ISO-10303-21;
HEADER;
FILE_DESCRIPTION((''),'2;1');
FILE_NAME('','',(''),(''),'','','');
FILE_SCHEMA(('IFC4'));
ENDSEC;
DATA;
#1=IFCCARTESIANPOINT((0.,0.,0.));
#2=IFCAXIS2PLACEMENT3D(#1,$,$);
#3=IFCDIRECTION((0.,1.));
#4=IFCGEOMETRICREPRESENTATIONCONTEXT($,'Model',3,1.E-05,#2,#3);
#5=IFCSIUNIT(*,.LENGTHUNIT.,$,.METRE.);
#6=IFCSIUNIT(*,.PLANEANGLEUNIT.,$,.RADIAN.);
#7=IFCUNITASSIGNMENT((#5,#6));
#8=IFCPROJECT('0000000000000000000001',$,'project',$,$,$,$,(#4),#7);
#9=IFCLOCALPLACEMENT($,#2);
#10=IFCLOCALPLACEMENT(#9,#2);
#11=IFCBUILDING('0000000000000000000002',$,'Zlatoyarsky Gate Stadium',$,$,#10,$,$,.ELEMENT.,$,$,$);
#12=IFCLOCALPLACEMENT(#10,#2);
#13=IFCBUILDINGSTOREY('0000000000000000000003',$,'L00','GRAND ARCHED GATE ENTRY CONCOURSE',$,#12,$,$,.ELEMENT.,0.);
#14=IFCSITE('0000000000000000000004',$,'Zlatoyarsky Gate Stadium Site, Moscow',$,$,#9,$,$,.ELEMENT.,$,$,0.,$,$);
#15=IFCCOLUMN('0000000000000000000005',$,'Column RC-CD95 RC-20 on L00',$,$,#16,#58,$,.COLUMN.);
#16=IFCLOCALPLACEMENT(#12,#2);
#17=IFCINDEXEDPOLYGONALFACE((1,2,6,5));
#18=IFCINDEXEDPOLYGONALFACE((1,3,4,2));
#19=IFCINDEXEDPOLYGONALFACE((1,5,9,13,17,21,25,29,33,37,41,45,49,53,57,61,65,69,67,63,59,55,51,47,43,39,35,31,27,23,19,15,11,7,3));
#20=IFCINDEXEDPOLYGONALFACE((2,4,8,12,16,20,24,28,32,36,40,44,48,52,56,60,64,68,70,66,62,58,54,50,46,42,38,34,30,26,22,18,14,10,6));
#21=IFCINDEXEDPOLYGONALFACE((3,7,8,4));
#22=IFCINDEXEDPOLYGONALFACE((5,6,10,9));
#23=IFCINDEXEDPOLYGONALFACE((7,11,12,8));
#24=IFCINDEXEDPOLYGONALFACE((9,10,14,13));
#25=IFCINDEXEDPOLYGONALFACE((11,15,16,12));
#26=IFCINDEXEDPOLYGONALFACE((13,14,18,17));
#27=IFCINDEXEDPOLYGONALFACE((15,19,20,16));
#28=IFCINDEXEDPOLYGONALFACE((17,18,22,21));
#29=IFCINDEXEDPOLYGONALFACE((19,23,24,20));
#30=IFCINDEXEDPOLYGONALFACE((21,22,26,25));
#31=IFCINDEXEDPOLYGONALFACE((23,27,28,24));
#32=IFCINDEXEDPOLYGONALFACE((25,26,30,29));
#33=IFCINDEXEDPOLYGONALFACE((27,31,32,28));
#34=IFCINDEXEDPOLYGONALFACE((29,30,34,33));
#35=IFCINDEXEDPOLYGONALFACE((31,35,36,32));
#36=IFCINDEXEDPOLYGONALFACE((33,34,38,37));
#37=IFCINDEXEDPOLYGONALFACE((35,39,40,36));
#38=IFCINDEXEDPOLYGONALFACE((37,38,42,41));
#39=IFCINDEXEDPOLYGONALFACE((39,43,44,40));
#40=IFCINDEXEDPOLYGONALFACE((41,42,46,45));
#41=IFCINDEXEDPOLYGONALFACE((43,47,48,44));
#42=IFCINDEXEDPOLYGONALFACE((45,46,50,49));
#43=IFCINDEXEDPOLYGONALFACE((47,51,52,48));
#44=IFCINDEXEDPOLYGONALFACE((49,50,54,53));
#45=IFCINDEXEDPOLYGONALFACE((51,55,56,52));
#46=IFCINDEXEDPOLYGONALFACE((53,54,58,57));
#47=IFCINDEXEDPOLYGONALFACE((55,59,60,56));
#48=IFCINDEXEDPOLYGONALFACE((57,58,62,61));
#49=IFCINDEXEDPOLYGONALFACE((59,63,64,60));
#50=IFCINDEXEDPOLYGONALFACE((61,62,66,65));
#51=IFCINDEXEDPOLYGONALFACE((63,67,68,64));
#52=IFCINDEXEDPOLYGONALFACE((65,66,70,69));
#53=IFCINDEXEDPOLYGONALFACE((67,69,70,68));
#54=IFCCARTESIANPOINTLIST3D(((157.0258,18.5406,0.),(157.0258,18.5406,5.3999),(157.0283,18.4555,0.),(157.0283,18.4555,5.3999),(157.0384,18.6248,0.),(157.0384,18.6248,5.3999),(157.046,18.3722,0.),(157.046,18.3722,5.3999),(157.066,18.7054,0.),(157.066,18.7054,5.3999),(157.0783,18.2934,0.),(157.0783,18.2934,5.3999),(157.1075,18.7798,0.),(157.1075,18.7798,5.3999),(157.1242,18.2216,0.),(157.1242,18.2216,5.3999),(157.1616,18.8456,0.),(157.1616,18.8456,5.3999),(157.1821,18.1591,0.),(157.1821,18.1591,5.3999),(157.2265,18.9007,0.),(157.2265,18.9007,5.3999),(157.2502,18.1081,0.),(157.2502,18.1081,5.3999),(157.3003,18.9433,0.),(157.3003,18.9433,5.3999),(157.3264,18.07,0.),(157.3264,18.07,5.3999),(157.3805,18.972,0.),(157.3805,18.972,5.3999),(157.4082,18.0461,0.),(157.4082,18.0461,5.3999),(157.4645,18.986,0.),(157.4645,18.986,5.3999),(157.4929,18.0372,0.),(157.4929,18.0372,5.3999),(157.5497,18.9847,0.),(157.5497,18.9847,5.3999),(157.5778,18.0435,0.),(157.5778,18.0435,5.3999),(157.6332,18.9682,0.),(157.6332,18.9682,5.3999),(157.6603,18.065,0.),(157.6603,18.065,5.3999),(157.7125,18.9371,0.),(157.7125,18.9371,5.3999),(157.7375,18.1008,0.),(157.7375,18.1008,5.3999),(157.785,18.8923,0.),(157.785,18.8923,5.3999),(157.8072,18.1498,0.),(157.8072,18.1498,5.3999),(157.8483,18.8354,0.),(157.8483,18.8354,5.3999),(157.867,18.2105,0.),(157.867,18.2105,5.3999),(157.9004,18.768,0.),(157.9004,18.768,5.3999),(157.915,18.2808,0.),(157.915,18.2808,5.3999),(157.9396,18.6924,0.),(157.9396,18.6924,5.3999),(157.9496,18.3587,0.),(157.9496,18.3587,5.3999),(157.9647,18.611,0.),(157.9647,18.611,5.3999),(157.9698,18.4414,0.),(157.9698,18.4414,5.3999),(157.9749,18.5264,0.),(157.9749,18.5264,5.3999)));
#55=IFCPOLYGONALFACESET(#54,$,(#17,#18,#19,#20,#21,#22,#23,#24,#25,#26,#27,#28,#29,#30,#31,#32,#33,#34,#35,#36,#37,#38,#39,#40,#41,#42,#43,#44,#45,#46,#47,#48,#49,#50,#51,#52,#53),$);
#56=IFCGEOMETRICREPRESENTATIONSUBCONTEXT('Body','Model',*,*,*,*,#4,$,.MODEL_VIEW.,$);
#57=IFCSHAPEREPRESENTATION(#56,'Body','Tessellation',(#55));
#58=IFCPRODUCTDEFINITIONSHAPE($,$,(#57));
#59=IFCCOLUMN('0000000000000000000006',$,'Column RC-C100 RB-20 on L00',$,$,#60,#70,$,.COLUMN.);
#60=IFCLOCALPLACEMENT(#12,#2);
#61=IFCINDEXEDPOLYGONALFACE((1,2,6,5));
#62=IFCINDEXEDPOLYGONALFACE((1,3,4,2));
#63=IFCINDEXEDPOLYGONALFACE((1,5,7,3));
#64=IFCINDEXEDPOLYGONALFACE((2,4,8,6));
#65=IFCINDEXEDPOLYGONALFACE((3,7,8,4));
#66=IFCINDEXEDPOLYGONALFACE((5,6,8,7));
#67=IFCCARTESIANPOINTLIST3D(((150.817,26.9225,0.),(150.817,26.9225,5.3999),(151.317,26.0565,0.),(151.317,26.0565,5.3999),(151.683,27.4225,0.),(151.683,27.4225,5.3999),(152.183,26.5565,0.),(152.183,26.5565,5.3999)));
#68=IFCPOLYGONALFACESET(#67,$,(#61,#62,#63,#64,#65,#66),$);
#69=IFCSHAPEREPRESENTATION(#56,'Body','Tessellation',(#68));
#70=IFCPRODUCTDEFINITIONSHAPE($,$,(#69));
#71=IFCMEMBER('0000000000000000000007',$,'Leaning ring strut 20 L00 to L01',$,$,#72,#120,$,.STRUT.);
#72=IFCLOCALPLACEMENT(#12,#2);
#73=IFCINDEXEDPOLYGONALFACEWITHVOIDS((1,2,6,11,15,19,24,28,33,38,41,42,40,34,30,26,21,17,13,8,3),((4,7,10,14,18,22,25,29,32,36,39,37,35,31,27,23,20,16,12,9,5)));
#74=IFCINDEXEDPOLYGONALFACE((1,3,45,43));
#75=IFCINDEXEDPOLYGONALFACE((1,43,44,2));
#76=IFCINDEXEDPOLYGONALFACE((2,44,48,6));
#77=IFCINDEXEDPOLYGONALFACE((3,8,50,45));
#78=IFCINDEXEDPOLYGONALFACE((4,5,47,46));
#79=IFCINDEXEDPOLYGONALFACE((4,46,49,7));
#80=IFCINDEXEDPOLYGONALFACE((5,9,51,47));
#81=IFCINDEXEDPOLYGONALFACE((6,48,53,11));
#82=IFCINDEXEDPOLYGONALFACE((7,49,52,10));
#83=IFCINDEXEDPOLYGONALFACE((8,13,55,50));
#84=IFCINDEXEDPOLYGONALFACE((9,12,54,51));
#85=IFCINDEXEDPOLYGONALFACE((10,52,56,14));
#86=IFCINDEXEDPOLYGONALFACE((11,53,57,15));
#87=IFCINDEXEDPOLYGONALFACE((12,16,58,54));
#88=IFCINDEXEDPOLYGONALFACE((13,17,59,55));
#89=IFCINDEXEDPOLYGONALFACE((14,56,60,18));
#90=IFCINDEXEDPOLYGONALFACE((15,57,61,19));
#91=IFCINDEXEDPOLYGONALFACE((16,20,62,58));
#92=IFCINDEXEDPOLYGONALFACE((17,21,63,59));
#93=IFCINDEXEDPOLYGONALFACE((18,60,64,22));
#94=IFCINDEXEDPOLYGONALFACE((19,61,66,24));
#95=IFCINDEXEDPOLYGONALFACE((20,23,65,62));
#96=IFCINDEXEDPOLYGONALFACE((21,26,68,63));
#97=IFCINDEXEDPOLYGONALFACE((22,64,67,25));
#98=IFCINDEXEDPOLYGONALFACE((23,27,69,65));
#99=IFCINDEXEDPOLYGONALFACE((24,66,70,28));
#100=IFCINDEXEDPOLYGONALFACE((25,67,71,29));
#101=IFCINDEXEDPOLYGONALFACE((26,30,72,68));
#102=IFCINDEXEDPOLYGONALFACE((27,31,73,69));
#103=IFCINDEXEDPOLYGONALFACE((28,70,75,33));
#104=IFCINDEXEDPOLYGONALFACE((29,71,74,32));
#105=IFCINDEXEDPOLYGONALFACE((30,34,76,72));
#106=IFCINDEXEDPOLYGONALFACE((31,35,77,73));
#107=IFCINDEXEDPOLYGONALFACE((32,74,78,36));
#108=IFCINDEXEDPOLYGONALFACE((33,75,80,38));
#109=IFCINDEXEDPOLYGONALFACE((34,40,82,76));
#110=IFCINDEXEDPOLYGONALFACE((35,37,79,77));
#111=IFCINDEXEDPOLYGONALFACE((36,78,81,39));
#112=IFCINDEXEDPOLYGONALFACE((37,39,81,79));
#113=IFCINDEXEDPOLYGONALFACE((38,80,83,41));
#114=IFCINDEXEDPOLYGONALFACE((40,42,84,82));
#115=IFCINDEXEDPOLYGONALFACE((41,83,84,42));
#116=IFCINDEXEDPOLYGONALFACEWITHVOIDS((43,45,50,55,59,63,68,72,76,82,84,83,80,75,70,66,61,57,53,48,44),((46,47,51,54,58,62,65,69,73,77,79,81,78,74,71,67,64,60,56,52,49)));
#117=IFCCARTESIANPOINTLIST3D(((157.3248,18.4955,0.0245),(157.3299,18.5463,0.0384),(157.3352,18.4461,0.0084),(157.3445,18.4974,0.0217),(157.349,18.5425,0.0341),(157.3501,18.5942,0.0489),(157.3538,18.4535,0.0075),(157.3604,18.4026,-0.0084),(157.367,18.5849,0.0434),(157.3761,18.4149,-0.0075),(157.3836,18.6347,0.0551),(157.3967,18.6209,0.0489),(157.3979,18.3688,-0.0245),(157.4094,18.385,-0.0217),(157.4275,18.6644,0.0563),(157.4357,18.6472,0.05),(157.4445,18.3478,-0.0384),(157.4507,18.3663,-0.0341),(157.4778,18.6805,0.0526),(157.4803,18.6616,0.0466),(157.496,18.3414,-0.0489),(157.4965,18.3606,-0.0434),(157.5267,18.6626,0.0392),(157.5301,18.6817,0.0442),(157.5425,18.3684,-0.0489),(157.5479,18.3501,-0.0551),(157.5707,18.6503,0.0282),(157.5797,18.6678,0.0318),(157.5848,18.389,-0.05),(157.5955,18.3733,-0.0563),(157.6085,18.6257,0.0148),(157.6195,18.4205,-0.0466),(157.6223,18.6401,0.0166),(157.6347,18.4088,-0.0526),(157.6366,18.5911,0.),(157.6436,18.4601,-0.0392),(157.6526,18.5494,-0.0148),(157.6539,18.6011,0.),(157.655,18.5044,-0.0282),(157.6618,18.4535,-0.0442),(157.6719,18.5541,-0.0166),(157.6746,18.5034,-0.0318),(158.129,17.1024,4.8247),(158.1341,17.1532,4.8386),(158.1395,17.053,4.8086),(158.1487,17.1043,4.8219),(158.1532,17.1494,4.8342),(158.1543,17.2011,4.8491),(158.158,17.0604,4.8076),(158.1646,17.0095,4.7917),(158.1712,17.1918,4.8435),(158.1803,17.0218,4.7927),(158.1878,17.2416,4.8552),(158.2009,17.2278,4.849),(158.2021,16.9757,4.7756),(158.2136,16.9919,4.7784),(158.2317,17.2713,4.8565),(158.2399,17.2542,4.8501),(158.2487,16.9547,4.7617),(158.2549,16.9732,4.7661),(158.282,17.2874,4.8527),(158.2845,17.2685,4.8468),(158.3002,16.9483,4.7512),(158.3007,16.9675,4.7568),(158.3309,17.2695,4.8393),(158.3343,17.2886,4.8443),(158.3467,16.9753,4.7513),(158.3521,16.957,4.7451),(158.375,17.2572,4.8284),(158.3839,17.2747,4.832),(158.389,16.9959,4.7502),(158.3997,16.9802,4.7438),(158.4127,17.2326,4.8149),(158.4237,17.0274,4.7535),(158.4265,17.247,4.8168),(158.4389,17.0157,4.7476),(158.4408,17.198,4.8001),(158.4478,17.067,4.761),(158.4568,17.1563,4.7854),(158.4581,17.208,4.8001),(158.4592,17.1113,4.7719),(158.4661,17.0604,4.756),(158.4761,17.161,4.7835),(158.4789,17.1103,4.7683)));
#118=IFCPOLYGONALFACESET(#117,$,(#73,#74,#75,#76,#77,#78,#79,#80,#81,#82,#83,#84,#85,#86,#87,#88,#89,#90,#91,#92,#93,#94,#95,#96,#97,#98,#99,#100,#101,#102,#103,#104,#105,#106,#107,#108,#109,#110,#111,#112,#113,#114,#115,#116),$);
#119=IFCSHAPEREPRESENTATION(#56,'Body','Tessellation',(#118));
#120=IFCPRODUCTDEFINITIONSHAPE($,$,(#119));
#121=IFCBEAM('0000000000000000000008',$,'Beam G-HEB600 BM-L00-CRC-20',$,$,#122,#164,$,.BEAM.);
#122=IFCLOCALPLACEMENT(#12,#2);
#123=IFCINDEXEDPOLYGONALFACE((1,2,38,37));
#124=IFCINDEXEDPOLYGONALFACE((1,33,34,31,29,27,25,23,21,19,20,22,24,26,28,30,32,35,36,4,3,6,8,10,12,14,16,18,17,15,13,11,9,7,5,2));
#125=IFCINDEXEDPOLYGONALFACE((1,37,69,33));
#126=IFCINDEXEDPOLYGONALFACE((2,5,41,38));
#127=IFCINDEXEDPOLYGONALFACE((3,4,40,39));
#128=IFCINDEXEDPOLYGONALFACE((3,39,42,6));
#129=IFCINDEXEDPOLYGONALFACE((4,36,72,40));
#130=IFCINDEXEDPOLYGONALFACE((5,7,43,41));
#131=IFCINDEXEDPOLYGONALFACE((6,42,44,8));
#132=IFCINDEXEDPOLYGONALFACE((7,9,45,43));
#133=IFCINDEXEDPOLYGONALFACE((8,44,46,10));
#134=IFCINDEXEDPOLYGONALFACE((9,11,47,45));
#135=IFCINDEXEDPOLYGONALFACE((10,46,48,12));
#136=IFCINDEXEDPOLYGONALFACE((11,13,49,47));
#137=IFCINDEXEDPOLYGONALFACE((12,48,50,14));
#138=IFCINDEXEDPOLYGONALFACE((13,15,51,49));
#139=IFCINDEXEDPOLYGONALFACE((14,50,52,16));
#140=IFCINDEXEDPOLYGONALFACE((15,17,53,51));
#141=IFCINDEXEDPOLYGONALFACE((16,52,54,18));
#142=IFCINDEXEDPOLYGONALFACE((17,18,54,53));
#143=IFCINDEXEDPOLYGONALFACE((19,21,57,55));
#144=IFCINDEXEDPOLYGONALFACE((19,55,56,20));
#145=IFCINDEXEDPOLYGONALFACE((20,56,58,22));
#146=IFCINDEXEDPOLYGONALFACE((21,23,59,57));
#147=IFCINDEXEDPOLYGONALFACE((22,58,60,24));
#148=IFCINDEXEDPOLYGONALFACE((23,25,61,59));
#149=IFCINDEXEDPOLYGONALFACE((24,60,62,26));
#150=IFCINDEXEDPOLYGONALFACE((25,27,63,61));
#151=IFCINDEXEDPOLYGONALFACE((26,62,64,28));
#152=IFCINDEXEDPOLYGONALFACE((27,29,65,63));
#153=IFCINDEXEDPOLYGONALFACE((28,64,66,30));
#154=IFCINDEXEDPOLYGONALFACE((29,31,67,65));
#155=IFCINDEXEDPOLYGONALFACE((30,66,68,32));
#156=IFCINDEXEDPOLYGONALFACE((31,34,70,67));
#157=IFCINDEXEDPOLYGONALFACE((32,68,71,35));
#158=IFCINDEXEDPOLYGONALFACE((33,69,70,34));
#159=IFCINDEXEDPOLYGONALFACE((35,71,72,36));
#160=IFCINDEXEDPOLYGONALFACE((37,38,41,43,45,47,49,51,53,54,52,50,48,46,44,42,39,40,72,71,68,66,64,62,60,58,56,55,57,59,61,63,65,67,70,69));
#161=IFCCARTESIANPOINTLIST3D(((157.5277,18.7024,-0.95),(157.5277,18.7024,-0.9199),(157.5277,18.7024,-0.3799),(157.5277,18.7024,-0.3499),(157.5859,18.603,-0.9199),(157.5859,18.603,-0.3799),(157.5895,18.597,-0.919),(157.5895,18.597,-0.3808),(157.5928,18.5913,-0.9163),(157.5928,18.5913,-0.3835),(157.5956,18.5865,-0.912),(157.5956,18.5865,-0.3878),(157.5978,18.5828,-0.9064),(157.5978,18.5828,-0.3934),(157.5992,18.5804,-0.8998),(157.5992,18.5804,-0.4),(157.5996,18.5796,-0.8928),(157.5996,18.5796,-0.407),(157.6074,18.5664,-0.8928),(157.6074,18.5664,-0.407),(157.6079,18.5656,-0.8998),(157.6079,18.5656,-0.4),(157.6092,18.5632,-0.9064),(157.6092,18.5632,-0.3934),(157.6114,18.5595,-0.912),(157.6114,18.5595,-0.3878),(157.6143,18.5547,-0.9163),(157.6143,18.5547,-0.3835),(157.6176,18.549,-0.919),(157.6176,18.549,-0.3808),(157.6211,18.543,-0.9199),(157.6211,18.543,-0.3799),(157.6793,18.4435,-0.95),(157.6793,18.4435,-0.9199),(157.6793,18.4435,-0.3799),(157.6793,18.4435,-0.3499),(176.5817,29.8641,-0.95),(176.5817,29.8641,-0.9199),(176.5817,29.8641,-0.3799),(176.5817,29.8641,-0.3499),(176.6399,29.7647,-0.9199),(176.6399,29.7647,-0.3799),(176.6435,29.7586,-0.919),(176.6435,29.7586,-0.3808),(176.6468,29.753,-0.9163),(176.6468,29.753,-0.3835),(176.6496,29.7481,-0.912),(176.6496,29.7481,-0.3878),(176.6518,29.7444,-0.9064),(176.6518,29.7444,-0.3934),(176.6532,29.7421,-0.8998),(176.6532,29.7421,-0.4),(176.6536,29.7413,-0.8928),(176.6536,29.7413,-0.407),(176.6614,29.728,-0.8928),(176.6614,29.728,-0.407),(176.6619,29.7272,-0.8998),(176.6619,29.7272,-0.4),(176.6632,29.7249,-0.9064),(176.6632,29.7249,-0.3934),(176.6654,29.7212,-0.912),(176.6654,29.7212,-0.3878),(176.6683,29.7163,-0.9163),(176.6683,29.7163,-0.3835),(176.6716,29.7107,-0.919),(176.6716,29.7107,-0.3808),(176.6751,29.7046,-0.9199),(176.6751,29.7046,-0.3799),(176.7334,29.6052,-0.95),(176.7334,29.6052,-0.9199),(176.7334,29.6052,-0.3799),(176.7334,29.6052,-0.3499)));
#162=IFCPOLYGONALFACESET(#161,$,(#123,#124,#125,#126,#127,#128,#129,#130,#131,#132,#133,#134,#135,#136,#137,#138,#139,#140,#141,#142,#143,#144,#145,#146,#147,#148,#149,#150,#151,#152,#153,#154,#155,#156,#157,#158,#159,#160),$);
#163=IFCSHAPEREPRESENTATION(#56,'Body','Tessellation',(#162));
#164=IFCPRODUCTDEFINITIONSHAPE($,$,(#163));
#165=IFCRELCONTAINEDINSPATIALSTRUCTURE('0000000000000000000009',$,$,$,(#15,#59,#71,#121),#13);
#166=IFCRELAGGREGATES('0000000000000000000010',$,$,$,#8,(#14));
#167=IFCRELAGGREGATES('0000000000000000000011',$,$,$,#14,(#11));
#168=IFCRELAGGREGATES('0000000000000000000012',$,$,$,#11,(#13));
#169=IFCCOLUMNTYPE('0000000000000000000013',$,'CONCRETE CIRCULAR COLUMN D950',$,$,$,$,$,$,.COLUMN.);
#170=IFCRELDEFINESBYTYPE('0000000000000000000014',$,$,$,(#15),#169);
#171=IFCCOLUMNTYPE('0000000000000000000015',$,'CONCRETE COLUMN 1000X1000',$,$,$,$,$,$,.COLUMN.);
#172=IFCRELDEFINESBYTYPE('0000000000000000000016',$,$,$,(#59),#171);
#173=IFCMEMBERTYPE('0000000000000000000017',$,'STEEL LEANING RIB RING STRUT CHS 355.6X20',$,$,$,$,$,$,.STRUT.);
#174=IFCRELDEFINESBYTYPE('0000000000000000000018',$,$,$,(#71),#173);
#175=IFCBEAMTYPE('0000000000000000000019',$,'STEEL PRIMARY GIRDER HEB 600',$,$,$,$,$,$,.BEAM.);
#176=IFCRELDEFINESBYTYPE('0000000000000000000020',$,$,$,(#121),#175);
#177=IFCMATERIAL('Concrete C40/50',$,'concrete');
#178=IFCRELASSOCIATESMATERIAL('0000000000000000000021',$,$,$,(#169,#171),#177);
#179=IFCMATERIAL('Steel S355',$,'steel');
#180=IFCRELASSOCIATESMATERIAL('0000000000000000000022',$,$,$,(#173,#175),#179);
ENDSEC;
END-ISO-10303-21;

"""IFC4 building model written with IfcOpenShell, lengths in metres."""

from ifc_helpers import new_model, si_unit, direction, frame, origin, origin_2d, place, context, subcontext, project, spatial, rectangle, circle, hollow_circle, i_section, extrude, material, material_profile, profile_set, type_object, element, save


model = new_model("IFC4")

# Units and contexts
model_context = context("Model", 3, precision=1e-05, world=origin(), true_north=direction((0.0, 1.0)))
body_context = subcontext(model_context, "Body", "Model", "MODEL_VIEW")
ifc_project = project(units=[si_unit("LENGTHUNIT", "METRE"), si_unit("PLANEANGLEUNIT", "RADIAN")], contexts=[model_context])

# Site, building, storey
site_placement = place(None, origin())
site = spatial("IfcSite", under=ifc_project, at=site_placement, Name="Zlatoyarsky Gate Stadium Site, Moscow", CompositionType="ELEMENT", RefElevation=0.0)
building_placement = place(site_placement, origin())
building = spatial("IfcBuilding", under=site, at=building_placement, Name="Zlatoyarsky Gate Stadium", CompositionType="ELEMENT")
storey_placement = place(building_placement, origin())
storey = spatial("IfcBuildingStorey", under=building, at=storey_placement, Name="L00", Description="GRAND ARCHED GATE ENTRY CONCOURSE", CompositionType="ELEMENT", Elevation=0.0)

# Columns
ifc_material_1 = material(Name="Concrete C40/50", Category="concrete")
ifc_material_profile_1 = material_profile(ifc_material_1, circle(Radius=0.4751, at=origin_2d()), Name="RC COL D950")
ifc_profile_set_1 = profile_set([ifc_material_profile_1], Name="Concrete C40/50")
column_type_1 = type_object("IfcColumnType", Name="CONCRETE CIRCULAR COLUMN D950", PredefinedType="COLUMN", material=ifc_profile_set_1)
column_1_placement = place(storey_placement, frame((157.5, 18.5122, 0.0), z_axis=(0.0, 0.0, 1.0), x_axis=(0.5, -0.866025, 0.0)))
element("IfcColumn", 1, at=column_1_placement, inside=storey, type_object=column_type_1, Name="Column RC-CD95 RC-20 on L00", PredefinedType="COLUMN", context=body_context, shape_type="SweptSolid", body=[
    extrude(circle(Radius=0.4751, at=origin_2d()), origin(), (0.0, 0.0, 1.0), 5.3999),
])
ifc_material_profile_2 = material_profile(ifc_material_1, rectangle(XDim=1.0, YDim=1.0, at=origin_2d()), Name="RC COL 1000X1000")
ifc_profile_set_2 = profile_set([ifc_material_profile_2], Name="Concrete C40/50")
column_type_2 = type_object("IfcColumnType", Name="CONCRETE COLUMN 1000X1000", PredefinedType="COLUMN", material=ifc_profile_set_2)
column_2_placement = place(storey_placement, frame((151.5, 26.7395, 0.0), z_axis=(0.0, 0.0, 1.0), x_axis=(0.5, -0.866025, 0.0)))
element("IfcColumn", 2, at=column_2_placement, inside=storey, type_object=column_type_2, Name="Column RC-C100 RB-20 on L00", PredefinedType="COLUMN", context=body_context, shape_type="SweptSolid", body=[
    extrude(rectangle(XDim=1.0, YDim=1.0, at=origin_2d()), origin(), (0.0, 0.0, 1.0), 5.3999),
])

# Member
ifc_material_2 = material(Name="Steel S355", Category="steel")
ifc_material_profile_3 = material_profile(ifc_material_2, hollow_circle(Radius=0.1777, WallThickness=0.02, at=origin_2d()), Name="CHS 355.6X20")
ifc_profile_set_3 = profile_set([ifc_material_profile_3], Name="Steel S355")
member_type = type_object("IfcMemberType", Name="STEEL LEANING RIB RING STRUT CHS 355.6X20", PredefinedType="STRUT", material=ifc_profile_set_3)
member_placement = place(storey_placement, frame((157.5, 18.5122, 0.0), z_axis=(0.158857, -0.275179, 0.948178), x_axis=(0.866049, 0.499959, 0.0)))
element("IfcMember", 3, at=member_placement, inside=storey, type_object=member_type, Name="Leaning ring strut 20 L00 to L01", PredefinedType="STRUT", context=body_context, shape_type="SweptSolid", body=[
    extrude(hollow_circle(Radius=0.1777, WallThickness=0.02, at=origin_2d()), origin(), (0.0, 0.0, 1.0), 5.0625),
])

# Beam
ifc_material_profile_4 = material_profile(ifc_material_2, i_section(OverallWidth=0.3, OverallDepth=0.6001, WebThickness=0.0154, FlangeThickness=0.03, FilletRadius=0.0271, at=origin_2d()), Name="HEB 600")
ifc_profile_set_4 = profile_set([ifc_material_profile_4], Name="Steel S355")
beam_type_1 = type_object("IfcBeamType", Name="STEEL PRIMARY GIRDER HEB 600", PredefinedType="BEAM", material=ifc_profile_set_4)
beam_1_placement = place(storey_placement, frame((157.6035, 18.573, -0.6499), z_axis=(0.862855, 0.505452, 0.0), x_axis=(-0.505452, 0.862855, 0.0)))
element("IfcBeam", 4, at=beam_1_placement, inside=storey, type_object=beam_type_1, Name="Beam G-HEB600 BM-L00-CRC-20", PredefinedType="BEAM", context=body_context, shape_type="SweptSolid", body=[
    extrude(i_section(OverallWidth=0.3, OverallDepth=0.6001, WebThickness=0.0154, FlangeThickness=0.03, FilletRadius=0.0271, at=origin_2d()), origin(), (0.0, 0.0, 1.0), 22.0825),
])

save(model, "model.ifc")
